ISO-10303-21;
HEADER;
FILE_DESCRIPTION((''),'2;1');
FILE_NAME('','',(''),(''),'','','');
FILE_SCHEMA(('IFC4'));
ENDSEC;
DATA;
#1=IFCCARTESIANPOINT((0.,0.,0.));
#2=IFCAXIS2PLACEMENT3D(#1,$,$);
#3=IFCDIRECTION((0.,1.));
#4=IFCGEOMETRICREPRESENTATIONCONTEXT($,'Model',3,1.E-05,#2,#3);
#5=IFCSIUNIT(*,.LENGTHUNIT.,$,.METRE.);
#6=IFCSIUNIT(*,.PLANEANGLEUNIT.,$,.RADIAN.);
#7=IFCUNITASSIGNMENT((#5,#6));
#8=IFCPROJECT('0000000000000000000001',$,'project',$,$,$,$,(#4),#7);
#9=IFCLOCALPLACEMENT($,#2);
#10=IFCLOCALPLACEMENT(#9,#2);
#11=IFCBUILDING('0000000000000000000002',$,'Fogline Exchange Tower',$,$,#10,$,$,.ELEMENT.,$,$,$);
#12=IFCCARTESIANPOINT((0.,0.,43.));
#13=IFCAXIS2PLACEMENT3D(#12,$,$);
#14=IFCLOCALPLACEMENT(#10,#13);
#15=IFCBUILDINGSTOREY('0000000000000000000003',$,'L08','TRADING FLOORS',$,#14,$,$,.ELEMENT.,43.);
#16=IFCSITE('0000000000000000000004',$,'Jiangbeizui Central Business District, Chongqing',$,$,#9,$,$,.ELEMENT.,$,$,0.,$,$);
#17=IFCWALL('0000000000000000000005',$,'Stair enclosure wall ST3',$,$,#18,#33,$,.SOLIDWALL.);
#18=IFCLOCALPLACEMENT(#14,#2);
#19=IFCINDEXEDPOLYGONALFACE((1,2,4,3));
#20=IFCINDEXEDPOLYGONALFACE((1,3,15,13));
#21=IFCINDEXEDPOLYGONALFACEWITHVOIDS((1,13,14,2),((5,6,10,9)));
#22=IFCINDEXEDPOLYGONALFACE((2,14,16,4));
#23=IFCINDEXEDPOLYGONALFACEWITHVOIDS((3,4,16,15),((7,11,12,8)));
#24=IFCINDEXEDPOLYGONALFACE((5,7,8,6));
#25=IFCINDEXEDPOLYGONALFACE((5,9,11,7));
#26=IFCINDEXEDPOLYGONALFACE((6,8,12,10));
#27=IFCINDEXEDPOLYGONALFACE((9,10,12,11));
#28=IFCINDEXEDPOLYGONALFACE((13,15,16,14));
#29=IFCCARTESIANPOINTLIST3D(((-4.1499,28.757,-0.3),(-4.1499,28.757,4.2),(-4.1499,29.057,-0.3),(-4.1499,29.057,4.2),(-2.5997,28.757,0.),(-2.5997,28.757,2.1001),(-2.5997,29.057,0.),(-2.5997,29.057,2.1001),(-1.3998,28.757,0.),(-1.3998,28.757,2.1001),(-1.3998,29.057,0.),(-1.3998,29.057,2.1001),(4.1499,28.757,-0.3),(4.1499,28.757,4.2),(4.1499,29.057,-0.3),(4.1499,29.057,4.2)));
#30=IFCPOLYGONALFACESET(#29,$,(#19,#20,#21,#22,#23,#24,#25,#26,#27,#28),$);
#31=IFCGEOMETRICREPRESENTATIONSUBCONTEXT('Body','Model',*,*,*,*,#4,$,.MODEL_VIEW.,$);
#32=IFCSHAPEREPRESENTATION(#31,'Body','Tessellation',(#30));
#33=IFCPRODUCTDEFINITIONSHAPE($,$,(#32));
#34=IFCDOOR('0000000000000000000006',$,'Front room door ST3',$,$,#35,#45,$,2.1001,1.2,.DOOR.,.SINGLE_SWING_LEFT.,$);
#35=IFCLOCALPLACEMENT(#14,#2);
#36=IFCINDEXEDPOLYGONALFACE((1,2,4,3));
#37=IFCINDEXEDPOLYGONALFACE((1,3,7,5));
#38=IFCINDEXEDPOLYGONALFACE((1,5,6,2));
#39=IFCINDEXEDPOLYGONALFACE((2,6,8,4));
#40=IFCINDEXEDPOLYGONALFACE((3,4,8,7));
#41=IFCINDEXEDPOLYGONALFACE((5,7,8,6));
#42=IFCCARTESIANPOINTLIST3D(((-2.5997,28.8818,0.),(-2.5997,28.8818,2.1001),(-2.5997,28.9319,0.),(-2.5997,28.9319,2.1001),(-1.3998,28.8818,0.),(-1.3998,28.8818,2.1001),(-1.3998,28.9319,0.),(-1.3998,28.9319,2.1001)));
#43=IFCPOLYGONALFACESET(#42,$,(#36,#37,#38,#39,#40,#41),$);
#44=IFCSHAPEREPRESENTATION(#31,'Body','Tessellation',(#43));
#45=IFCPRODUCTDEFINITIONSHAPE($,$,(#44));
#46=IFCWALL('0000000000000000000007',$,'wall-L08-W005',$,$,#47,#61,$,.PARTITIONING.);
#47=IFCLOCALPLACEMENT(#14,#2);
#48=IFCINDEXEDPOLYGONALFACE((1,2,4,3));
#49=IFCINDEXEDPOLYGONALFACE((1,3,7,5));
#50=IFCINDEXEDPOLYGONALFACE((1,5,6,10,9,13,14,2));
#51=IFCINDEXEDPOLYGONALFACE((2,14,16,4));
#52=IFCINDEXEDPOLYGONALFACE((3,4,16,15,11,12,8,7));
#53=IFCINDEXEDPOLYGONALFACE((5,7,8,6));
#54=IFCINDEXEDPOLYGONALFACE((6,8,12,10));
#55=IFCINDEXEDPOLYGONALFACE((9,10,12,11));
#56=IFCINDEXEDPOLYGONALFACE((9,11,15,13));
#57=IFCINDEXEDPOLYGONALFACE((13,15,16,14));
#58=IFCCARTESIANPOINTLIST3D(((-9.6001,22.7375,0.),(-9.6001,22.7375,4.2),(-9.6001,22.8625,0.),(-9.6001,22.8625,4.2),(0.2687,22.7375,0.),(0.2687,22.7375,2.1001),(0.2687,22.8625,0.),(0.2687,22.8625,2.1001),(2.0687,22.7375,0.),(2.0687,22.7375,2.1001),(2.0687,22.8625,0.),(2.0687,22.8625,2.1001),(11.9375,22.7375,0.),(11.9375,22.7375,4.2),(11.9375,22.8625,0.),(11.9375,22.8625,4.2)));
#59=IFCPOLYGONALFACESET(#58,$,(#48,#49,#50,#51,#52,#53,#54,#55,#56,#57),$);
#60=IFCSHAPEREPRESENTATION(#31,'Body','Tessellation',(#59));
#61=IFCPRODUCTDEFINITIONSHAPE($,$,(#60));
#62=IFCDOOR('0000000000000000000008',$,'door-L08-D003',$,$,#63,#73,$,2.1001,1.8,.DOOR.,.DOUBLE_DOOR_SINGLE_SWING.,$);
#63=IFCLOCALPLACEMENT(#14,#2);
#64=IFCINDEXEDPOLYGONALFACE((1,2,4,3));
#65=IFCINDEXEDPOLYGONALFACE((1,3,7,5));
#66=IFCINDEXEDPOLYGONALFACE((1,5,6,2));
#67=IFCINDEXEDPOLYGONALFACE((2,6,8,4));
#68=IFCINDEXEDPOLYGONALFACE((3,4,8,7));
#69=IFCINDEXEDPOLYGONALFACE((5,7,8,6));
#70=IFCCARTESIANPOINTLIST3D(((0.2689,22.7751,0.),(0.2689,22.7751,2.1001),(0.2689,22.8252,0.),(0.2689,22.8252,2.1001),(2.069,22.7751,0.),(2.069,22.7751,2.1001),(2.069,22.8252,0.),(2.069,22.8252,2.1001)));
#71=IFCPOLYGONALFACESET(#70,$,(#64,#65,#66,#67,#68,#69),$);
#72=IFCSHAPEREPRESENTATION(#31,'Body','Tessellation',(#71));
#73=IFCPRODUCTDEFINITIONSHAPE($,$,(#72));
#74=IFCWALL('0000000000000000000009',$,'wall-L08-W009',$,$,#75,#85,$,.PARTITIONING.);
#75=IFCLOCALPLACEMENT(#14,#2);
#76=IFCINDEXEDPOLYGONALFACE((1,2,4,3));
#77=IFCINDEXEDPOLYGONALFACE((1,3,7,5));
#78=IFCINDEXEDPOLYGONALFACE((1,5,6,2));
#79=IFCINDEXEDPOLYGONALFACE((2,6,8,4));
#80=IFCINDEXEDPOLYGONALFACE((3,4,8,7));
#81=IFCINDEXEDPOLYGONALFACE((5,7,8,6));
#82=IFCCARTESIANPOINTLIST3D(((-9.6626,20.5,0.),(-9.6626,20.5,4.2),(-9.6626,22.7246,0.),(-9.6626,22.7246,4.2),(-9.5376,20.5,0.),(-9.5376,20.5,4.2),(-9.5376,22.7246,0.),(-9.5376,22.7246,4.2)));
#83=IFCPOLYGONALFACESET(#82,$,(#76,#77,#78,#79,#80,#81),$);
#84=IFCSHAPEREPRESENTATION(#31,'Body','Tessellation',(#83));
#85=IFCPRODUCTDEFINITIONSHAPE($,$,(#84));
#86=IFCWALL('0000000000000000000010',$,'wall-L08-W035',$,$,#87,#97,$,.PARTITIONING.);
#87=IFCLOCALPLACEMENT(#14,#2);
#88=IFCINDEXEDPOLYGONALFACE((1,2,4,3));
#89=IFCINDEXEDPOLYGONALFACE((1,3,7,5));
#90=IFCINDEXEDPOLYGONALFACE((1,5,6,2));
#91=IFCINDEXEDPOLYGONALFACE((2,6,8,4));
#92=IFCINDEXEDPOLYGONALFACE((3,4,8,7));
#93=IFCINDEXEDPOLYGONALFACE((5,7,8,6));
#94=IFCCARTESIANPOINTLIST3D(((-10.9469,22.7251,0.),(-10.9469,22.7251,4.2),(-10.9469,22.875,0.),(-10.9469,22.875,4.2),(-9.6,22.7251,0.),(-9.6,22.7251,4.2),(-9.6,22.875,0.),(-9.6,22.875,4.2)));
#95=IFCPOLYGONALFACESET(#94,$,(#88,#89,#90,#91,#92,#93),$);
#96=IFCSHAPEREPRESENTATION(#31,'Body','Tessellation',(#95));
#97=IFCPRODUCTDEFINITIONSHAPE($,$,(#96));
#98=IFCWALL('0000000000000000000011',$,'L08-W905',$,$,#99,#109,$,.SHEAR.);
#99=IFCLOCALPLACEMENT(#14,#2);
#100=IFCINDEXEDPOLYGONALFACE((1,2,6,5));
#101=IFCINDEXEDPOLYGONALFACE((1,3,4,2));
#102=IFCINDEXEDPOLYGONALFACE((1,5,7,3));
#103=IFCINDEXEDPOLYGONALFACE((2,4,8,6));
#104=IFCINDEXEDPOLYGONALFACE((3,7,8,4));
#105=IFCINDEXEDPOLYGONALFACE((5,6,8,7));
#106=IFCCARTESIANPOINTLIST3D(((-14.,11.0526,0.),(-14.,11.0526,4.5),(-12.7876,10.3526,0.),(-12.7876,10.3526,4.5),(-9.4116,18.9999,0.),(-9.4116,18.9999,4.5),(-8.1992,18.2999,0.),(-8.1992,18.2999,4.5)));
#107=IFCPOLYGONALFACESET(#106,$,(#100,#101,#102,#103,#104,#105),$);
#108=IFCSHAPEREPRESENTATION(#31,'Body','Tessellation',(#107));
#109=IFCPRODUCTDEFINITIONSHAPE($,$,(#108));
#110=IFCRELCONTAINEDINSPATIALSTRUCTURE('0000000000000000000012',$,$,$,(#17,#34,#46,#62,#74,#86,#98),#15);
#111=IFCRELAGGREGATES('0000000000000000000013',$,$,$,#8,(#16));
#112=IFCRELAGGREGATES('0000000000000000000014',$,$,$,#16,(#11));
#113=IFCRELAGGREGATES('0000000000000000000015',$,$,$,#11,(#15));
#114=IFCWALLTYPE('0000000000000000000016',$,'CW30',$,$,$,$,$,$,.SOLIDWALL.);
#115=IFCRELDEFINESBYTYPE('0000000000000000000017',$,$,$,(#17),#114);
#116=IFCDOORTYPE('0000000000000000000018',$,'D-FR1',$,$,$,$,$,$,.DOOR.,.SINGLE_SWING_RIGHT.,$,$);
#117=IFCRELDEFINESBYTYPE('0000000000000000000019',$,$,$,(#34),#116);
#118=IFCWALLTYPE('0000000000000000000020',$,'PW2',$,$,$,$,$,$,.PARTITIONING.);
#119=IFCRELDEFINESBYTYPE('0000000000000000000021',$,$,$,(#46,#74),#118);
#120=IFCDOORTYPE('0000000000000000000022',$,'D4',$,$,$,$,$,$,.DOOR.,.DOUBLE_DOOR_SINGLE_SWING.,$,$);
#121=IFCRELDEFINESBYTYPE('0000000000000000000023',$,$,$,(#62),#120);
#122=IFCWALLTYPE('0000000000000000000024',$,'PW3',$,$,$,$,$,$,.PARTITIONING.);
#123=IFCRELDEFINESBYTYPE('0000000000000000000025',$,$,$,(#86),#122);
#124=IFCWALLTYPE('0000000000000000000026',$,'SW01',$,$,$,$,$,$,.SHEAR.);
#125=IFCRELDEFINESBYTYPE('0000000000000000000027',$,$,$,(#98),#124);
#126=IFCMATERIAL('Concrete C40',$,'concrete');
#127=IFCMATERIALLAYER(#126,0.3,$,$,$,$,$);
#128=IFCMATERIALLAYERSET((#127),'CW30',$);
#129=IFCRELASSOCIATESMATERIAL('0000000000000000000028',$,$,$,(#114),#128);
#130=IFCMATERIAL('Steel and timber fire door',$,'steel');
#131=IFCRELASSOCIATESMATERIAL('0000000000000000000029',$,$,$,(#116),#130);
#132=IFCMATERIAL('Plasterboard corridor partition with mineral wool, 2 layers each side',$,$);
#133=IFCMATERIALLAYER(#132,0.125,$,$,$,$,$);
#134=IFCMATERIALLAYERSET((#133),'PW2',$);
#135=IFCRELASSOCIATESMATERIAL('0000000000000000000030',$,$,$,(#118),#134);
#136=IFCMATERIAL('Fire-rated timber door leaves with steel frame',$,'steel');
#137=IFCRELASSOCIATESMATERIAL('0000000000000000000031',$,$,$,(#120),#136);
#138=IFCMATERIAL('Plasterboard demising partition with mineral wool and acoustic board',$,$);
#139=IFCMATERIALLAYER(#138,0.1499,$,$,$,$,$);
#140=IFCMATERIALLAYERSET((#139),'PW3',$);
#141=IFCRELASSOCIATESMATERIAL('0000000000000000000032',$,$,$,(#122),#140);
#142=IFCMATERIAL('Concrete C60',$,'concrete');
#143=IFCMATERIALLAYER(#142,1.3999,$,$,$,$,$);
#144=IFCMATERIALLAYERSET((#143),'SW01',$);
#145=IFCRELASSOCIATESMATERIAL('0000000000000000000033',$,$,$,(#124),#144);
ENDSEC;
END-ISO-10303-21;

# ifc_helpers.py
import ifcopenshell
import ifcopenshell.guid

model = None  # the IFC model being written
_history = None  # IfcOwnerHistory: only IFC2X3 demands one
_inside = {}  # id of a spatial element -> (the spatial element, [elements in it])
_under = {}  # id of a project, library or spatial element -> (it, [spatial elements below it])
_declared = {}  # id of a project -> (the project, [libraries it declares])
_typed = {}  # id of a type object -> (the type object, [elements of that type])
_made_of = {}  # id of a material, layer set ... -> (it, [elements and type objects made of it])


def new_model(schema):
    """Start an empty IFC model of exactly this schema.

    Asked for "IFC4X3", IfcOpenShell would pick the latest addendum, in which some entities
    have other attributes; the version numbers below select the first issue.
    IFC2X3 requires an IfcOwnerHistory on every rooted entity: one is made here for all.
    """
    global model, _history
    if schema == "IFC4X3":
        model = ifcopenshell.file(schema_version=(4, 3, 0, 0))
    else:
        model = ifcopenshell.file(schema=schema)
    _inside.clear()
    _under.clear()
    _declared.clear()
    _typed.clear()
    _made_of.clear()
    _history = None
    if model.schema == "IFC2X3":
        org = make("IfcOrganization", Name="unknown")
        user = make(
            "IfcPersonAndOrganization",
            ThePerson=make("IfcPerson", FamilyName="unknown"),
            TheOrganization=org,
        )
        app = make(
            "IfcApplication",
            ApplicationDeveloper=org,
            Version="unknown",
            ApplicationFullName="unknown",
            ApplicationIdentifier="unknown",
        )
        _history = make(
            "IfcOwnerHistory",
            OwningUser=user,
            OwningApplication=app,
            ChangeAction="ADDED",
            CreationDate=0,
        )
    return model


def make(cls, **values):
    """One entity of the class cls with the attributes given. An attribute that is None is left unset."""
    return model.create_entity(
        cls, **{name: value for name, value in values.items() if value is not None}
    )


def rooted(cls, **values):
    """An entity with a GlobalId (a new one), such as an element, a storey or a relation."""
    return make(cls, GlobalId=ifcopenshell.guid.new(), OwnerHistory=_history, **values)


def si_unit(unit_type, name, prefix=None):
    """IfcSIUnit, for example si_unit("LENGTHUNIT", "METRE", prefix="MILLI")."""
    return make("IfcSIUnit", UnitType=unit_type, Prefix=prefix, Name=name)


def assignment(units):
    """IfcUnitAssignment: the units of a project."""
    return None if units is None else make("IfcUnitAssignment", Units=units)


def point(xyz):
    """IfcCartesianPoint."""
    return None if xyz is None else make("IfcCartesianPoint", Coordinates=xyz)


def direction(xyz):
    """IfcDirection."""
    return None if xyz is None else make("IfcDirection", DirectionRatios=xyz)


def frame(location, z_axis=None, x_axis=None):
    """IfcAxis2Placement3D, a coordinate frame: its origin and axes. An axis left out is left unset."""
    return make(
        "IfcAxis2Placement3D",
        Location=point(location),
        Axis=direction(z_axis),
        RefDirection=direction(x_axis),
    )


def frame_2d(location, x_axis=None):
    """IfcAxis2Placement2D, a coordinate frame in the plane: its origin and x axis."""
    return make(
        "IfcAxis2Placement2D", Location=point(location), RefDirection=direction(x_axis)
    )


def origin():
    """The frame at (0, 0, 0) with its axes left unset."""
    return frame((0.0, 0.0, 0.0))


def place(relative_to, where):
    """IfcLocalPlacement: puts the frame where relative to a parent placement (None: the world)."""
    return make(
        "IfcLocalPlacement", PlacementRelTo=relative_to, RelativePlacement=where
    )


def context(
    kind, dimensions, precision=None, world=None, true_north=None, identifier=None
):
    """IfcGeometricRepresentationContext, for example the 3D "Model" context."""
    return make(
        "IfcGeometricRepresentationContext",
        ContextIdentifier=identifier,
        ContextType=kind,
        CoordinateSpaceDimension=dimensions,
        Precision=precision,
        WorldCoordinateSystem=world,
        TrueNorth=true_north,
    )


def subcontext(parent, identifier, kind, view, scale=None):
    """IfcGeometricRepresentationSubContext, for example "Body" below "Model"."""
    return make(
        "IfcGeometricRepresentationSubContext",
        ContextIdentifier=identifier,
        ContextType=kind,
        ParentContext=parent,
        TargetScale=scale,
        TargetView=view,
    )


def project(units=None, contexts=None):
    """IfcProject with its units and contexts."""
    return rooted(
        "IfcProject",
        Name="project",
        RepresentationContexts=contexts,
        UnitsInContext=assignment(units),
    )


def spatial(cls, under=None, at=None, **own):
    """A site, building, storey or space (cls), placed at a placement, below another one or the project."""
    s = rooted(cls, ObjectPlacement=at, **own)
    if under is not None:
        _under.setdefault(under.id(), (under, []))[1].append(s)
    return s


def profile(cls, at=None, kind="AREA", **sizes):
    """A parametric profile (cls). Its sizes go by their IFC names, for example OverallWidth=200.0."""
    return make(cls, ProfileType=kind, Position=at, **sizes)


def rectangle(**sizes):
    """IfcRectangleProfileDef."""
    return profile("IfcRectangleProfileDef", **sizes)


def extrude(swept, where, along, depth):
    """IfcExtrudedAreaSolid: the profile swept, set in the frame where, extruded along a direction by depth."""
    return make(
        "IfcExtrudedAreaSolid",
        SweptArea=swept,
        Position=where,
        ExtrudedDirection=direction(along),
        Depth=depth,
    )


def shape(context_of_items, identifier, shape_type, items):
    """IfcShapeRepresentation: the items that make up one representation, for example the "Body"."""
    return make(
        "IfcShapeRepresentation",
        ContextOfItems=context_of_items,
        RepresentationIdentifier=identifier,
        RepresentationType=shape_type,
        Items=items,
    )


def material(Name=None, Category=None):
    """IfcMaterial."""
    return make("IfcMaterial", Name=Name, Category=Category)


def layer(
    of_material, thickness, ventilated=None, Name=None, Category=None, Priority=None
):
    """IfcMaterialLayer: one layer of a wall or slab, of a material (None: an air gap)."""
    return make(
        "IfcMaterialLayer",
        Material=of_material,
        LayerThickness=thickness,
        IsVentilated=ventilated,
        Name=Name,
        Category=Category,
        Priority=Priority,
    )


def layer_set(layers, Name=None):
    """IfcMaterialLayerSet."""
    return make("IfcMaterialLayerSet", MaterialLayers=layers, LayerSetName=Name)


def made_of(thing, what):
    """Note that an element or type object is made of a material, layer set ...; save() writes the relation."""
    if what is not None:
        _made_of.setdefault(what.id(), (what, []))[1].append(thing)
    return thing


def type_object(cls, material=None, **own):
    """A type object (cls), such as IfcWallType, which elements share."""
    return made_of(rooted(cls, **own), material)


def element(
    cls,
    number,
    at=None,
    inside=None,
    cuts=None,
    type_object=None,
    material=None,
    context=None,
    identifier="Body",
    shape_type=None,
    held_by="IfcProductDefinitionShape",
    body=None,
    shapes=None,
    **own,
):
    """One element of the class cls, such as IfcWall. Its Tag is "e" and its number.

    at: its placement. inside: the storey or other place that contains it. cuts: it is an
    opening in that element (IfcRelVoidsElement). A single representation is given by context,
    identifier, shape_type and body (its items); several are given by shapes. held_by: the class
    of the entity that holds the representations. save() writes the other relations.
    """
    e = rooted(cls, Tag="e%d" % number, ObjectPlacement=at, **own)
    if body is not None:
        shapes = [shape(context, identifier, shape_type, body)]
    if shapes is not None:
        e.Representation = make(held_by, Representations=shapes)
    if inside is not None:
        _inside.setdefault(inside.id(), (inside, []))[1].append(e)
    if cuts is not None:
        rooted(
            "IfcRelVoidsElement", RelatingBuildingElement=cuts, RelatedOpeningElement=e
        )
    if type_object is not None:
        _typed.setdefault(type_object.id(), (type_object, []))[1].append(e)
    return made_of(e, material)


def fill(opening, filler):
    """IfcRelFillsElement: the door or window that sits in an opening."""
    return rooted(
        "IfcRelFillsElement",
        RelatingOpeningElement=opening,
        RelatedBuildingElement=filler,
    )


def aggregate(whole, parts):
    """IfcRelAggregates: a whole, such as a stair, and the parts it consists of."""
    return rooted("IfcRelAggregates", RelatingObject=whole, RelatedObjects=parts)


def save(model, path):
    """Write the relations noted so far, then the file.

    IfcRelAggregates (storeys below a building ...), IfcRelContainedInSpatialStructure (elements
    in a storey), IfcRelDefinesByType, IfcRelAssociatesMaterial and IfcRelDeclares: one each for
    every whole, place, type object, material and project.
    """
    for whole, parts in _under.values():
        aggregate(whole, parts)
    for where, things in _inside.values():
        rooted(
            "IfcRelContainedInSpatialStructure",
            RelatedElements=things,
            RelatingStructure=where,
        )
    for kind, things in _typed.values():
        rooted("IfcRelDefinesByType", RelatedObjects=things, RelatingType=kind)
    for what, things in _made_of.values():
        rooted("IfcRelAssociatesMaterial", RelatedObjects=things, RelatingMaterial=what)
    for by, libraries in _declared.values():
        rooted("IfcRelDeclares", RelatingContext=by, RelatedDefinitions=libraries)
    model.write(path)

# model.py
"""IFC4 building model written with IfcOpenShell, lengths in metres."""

from ifc_helpers import new_model, si_unit, direction, frame, frame_2d, origin, place, context, subcontext, project, spatial, rectangle, extrude, material, layer, layer_set, type_object, element, fill, save


model = new_model("IFC4")

# Units and contexts
model_context = context("Model", 3, precision=1e-05, world=origin(), true_north=direction((0.0, 1.0)))
body_context = subcontext(model_context, "Body", "Model", "MODEL_VIEW")
ifc_project = project(units=[si_unit("LENGTHUNIT", "METRE"), si_unit("PLANEANGLEUNIT", "RADIAN")], contexts=[model_context])

# Site, building, storey
site_placement = place(None, origin())
site = spatial("IfcSite", under=ifc_project, at=site_placement, Name="Jiangbeizui Central Business District, Chongqing", CompositionType="ELEMENT", RefElevation=0.0)
building_placement = place(site_placement, origin())
building = spatial("IfcBuilding", under=site, at=building_placement, Name="Fogline Exchange Tower", CompositionType="ELEMENT")
storey_placement = place(building_placement, frame((0.0, 0.0, 43.0)))
storey = spatial("IfcBuildingStorey", under=building, at=storey_placement, Name="L08", Description="TRADING FLOORS", CompositionType="ELEMENT", Elevation=43.0)

# Shared definitions
ifc_material_1 = material(Name="Concrete C40", Category="concrete")

# Shared definitions
ifc_material_2 = material(Name="Steel and timber fire door", Category="steel")

# Walls, openings, doors
ifc_layer_1 = layer(ifc_material_1, 0.3)
ifc_layer_set_1 = layer_set([ifc_layer_1], Name="CW30")
wall_type_1 = type_object("IfcWallType", Name="CW30", PredefinedType="SOLIDWALL", material=ifc_layer_set_1)
wall_1_placement = place(storey_placement, frame((-4.1499, 28.907, -0.3), z_axis=(0.0, 0.0, 1.0), x_axis=(1.0, 0.0, 0.0)))
wall_1 = element("IfcWall", 1, at=wall_1_placement, inside=storey, type_object=wall_type_1, Name="Stair enclosure wall ST3", PredefinedType="SOLIDWALL", context=body_context, shape_type="SweptSolid", body=[
    extrude(rectangle(XDim=8.2998, YDim=0.3, at=frame_2d((4.1499, 0.0))), origin(), (0.0, 0.0, 1.0), 4.5),
])
opening_1_placement = place(wall_1_placement, frame((1.55, 0.0, 0.3)))
opening_1 = element("IfcOpeningElement", 2, at=opening_1_placement, cuts=wall_1, PredefinedType="OPENING", context=body_context, shape_type="SweptSolid", body=[
    extrude(rectangle(XDim=1.2, YDim=2.1001, at=frame_2d((0.6001, 1.05))), frame((0.0, 0.1602, 0.0), z_axis=(0.0, -1.0, 0.0), x_axis=(1.0, 0.0, 0.0)), (0.0, 0.0, 1.0), 0.3201),
])
door_type_1 = type_object("IfcDoorType", Name="D-FR1", OperationType="SINGLE_SWING_RIGHT", PredefinedType="DOOR", material=ifc_material_2)
door_1_placement = place(opening_1_placement, origin())
door_1 = element("IfcDoor", 3, at=door_1_placement, inside=storey, type_object=door_type_1, Name="Front room door ST3", OperationType="SINGLE_SWING_LEFT", OverallHeight=2.1001, OverallWidth=1.2, PredefinedType="DOOR", context=body_context, shape_type="SweptSolid", body=[
    extrude(rectangle(XDim=1.2, YDim=2.1001, at=frame_2d((0.6001, 1.05))), frame((0.0, 0.0249, 0.0), z_axis=(0.0, -1.0, 0.0), x_axis=(1.0, 0.0, 0.0)), (0.0, 0.0, 1.0), 0.05),
])
fill(opening_1, door_1)
ifc_material_3 = material(Name="Plasterboard corridor partition with mineral wool, 2 layers each side")
ifc_layer_2 = layer(ifc_material_3, 0.125)
ifc_layer_set_2 = layer_set([ifc_layer_2], Name="PW2")
wall_type_2 = type_object("IfcWallType", Name="PW2", PredefinedType="PARTITIONING", material=ifc_layer_set_2)
wall_2_placement = place(storey_placement, frame((-9.6001, 22.8, 0.0), z_axis=(0.0, 0.0, 1.0), x_axis=(1.0, 0.0, 0.0)))
wall_2 = element("IfcWall", 4, at=wall_2_placement, inside=storey, type_object=wall_type_2, Name="wall-L08-W005", PredefinedType="PARTITIONING", context=body_context, shape_type="SweptSolid", body=[
    extrude(rectangle(XDim=21.5376, YDim=0.125, at=frame_2d((10.7688, 0.0))), origin(), (0.0, 0.0, 1.0), 4.2),
])
opening_2_placement = place(wall_2_placement, frame((9.8689, 0.0, 0.0)))
opening_2 = element("IfcOpeningElement", 5, at=opening_2_placement, cuts=wall_2, PredefinedType="OPENING", context=body_context, shape_type="SweptSolid", body=[
    extrude(rectangle(XDim=1.8, YDim=2.1001, at=frame_2d((0.8999, 1.05))), frame((0.0, 0.0725, 0.0), z_axis=(0.0, -1.0, 0.0), x_axis=(1.0, 0.0, 0.0)), (0.0, 0.0, 1.0), 0.145),
])
ifc_material_4 = material(Name="Fire-rated timber door leaves with steel frame", Category="steel")
door_type_2 = type_object("IfcDoorType", Name="D4", OperationType="DOUBLE_DOOR_SINGLE_SWING", PredefinedType="DOOR", material=ifc_material_4)
door_2_placement = place(opening_2_placement, frame((1.8, 0.0, 0.0), z_axis=(0.0, 0.0, 1.0), x_axis=(-1.0, 0.0, 0.0)))
door_2 = element("IfcDoor", 6, at=door_2_placement, inside=storey, type_object=door_type_2, Name="door-L08-D003", OperationType="DOUBLE_DOOR_SINGLE_SWING", OverallHeight=2.1001, OverallWidth=1.8, PredefinedType="DOOR", context=body_context, shape_type="SweptSolid", body=[
    extrude(rectangle(XDim=1.8, YDim=2.1001, at=frame_2d((0.8999, 1.05))), frame((0.0, 0.0249, 0.0), z_axis=(0.0, -1.0, 0.0), x_axis=(1.0, 0.0, 0.0)), (0.0, 0.0, 1.0), 0.05),
])
fill(opening_2, door_2)

# Walls
wall_3_placement = place(storey_placement, frame((-9.6001, 20.5, 0.0), z_axis=(0.0, 0.0, 1.0), x_axis=(0.0, 1.0, 0.0)))
element("IfcWall", 7, at=wall_3_placement, inside=storey, type_object=wall_type_2, Name="wall-L08-W009", PredefinedType="PARTITIONING", context=body_context, shape_type="SweptSolid", body=[
    extrude(rectangle(XDim=2.2246, YDim=0.125, at=frame_2d((1.1123, 0.0))), origin(), (0.0, 0.0, 1.0), 4.2),
])
ifc_material_5 = material(Name="Plasterboard demising partition with mineral wool and acoustic board")
ifc_layer_3 = layer(ifc_material_5, 0.1499)
ifc_layer_set_3 = layer_set([ifc_layer_3], Name="PW3")
wall_type_3 = type_object("IfcWallType", Name="PW3", PredefinedType="PARTITIONING", material=ifc_layer_set_3)
wall_4_placement = place(storey_placement, frame((-9.6001, 22.8, 0.0), z_axis=(0.0, 0.0, 1.0), x_axis=(-1.0, 0.0, 0.0)))
element("IfcWall", 8, at=wall_4_placement, inside=storey, type_object=wall_type_3, Name="wall-L08-W035", PredefinedType="PARTITIONING", context=body_context, shape_type="SweptSolid", body=[
    extrude(rectangle(XDim=1.3469, YDim=0.1499, at=frame_2d((0.6733, 0.0))), origin(), (0.0, 0.0, 1.0), 4.2),
])
ifc_material_6 = material(Name="Concrete C60", Category="concrete")
ifc_layer_4 = layer(ifc_material_6, 1.3999)
ifc_layer_set_4 = layer_set([ifc_layer_4], Name="SW01")
wall_type_4 = type_object("IfcWallType", Name="SW01", PredefinedType="SHEAR", material=ifc_layer_set_4)
wall_5_placement = place(storey_placement, frame((-8.8054, 18.6499, 0.0), z_axis=(0.0, 0.0, 1.0), x_axis=(-0.500002, -0.866024, 0.0)))
element("IfcWall", 9, at=wall_5_placement, inside=storey, type_object=wall_type_4, Name="L08-W905", PredefinedType="SHEAR", context=body_context, shape_type="SweptSolid", body=[
    extrude(rectangle(XDim=9.1768, YDim=1.3999, at=frame_2d((4.5884, 0.0))), origin(), (0.0, 0.0, 1.0), 4.5),
])

save(model, "model.ifc")
